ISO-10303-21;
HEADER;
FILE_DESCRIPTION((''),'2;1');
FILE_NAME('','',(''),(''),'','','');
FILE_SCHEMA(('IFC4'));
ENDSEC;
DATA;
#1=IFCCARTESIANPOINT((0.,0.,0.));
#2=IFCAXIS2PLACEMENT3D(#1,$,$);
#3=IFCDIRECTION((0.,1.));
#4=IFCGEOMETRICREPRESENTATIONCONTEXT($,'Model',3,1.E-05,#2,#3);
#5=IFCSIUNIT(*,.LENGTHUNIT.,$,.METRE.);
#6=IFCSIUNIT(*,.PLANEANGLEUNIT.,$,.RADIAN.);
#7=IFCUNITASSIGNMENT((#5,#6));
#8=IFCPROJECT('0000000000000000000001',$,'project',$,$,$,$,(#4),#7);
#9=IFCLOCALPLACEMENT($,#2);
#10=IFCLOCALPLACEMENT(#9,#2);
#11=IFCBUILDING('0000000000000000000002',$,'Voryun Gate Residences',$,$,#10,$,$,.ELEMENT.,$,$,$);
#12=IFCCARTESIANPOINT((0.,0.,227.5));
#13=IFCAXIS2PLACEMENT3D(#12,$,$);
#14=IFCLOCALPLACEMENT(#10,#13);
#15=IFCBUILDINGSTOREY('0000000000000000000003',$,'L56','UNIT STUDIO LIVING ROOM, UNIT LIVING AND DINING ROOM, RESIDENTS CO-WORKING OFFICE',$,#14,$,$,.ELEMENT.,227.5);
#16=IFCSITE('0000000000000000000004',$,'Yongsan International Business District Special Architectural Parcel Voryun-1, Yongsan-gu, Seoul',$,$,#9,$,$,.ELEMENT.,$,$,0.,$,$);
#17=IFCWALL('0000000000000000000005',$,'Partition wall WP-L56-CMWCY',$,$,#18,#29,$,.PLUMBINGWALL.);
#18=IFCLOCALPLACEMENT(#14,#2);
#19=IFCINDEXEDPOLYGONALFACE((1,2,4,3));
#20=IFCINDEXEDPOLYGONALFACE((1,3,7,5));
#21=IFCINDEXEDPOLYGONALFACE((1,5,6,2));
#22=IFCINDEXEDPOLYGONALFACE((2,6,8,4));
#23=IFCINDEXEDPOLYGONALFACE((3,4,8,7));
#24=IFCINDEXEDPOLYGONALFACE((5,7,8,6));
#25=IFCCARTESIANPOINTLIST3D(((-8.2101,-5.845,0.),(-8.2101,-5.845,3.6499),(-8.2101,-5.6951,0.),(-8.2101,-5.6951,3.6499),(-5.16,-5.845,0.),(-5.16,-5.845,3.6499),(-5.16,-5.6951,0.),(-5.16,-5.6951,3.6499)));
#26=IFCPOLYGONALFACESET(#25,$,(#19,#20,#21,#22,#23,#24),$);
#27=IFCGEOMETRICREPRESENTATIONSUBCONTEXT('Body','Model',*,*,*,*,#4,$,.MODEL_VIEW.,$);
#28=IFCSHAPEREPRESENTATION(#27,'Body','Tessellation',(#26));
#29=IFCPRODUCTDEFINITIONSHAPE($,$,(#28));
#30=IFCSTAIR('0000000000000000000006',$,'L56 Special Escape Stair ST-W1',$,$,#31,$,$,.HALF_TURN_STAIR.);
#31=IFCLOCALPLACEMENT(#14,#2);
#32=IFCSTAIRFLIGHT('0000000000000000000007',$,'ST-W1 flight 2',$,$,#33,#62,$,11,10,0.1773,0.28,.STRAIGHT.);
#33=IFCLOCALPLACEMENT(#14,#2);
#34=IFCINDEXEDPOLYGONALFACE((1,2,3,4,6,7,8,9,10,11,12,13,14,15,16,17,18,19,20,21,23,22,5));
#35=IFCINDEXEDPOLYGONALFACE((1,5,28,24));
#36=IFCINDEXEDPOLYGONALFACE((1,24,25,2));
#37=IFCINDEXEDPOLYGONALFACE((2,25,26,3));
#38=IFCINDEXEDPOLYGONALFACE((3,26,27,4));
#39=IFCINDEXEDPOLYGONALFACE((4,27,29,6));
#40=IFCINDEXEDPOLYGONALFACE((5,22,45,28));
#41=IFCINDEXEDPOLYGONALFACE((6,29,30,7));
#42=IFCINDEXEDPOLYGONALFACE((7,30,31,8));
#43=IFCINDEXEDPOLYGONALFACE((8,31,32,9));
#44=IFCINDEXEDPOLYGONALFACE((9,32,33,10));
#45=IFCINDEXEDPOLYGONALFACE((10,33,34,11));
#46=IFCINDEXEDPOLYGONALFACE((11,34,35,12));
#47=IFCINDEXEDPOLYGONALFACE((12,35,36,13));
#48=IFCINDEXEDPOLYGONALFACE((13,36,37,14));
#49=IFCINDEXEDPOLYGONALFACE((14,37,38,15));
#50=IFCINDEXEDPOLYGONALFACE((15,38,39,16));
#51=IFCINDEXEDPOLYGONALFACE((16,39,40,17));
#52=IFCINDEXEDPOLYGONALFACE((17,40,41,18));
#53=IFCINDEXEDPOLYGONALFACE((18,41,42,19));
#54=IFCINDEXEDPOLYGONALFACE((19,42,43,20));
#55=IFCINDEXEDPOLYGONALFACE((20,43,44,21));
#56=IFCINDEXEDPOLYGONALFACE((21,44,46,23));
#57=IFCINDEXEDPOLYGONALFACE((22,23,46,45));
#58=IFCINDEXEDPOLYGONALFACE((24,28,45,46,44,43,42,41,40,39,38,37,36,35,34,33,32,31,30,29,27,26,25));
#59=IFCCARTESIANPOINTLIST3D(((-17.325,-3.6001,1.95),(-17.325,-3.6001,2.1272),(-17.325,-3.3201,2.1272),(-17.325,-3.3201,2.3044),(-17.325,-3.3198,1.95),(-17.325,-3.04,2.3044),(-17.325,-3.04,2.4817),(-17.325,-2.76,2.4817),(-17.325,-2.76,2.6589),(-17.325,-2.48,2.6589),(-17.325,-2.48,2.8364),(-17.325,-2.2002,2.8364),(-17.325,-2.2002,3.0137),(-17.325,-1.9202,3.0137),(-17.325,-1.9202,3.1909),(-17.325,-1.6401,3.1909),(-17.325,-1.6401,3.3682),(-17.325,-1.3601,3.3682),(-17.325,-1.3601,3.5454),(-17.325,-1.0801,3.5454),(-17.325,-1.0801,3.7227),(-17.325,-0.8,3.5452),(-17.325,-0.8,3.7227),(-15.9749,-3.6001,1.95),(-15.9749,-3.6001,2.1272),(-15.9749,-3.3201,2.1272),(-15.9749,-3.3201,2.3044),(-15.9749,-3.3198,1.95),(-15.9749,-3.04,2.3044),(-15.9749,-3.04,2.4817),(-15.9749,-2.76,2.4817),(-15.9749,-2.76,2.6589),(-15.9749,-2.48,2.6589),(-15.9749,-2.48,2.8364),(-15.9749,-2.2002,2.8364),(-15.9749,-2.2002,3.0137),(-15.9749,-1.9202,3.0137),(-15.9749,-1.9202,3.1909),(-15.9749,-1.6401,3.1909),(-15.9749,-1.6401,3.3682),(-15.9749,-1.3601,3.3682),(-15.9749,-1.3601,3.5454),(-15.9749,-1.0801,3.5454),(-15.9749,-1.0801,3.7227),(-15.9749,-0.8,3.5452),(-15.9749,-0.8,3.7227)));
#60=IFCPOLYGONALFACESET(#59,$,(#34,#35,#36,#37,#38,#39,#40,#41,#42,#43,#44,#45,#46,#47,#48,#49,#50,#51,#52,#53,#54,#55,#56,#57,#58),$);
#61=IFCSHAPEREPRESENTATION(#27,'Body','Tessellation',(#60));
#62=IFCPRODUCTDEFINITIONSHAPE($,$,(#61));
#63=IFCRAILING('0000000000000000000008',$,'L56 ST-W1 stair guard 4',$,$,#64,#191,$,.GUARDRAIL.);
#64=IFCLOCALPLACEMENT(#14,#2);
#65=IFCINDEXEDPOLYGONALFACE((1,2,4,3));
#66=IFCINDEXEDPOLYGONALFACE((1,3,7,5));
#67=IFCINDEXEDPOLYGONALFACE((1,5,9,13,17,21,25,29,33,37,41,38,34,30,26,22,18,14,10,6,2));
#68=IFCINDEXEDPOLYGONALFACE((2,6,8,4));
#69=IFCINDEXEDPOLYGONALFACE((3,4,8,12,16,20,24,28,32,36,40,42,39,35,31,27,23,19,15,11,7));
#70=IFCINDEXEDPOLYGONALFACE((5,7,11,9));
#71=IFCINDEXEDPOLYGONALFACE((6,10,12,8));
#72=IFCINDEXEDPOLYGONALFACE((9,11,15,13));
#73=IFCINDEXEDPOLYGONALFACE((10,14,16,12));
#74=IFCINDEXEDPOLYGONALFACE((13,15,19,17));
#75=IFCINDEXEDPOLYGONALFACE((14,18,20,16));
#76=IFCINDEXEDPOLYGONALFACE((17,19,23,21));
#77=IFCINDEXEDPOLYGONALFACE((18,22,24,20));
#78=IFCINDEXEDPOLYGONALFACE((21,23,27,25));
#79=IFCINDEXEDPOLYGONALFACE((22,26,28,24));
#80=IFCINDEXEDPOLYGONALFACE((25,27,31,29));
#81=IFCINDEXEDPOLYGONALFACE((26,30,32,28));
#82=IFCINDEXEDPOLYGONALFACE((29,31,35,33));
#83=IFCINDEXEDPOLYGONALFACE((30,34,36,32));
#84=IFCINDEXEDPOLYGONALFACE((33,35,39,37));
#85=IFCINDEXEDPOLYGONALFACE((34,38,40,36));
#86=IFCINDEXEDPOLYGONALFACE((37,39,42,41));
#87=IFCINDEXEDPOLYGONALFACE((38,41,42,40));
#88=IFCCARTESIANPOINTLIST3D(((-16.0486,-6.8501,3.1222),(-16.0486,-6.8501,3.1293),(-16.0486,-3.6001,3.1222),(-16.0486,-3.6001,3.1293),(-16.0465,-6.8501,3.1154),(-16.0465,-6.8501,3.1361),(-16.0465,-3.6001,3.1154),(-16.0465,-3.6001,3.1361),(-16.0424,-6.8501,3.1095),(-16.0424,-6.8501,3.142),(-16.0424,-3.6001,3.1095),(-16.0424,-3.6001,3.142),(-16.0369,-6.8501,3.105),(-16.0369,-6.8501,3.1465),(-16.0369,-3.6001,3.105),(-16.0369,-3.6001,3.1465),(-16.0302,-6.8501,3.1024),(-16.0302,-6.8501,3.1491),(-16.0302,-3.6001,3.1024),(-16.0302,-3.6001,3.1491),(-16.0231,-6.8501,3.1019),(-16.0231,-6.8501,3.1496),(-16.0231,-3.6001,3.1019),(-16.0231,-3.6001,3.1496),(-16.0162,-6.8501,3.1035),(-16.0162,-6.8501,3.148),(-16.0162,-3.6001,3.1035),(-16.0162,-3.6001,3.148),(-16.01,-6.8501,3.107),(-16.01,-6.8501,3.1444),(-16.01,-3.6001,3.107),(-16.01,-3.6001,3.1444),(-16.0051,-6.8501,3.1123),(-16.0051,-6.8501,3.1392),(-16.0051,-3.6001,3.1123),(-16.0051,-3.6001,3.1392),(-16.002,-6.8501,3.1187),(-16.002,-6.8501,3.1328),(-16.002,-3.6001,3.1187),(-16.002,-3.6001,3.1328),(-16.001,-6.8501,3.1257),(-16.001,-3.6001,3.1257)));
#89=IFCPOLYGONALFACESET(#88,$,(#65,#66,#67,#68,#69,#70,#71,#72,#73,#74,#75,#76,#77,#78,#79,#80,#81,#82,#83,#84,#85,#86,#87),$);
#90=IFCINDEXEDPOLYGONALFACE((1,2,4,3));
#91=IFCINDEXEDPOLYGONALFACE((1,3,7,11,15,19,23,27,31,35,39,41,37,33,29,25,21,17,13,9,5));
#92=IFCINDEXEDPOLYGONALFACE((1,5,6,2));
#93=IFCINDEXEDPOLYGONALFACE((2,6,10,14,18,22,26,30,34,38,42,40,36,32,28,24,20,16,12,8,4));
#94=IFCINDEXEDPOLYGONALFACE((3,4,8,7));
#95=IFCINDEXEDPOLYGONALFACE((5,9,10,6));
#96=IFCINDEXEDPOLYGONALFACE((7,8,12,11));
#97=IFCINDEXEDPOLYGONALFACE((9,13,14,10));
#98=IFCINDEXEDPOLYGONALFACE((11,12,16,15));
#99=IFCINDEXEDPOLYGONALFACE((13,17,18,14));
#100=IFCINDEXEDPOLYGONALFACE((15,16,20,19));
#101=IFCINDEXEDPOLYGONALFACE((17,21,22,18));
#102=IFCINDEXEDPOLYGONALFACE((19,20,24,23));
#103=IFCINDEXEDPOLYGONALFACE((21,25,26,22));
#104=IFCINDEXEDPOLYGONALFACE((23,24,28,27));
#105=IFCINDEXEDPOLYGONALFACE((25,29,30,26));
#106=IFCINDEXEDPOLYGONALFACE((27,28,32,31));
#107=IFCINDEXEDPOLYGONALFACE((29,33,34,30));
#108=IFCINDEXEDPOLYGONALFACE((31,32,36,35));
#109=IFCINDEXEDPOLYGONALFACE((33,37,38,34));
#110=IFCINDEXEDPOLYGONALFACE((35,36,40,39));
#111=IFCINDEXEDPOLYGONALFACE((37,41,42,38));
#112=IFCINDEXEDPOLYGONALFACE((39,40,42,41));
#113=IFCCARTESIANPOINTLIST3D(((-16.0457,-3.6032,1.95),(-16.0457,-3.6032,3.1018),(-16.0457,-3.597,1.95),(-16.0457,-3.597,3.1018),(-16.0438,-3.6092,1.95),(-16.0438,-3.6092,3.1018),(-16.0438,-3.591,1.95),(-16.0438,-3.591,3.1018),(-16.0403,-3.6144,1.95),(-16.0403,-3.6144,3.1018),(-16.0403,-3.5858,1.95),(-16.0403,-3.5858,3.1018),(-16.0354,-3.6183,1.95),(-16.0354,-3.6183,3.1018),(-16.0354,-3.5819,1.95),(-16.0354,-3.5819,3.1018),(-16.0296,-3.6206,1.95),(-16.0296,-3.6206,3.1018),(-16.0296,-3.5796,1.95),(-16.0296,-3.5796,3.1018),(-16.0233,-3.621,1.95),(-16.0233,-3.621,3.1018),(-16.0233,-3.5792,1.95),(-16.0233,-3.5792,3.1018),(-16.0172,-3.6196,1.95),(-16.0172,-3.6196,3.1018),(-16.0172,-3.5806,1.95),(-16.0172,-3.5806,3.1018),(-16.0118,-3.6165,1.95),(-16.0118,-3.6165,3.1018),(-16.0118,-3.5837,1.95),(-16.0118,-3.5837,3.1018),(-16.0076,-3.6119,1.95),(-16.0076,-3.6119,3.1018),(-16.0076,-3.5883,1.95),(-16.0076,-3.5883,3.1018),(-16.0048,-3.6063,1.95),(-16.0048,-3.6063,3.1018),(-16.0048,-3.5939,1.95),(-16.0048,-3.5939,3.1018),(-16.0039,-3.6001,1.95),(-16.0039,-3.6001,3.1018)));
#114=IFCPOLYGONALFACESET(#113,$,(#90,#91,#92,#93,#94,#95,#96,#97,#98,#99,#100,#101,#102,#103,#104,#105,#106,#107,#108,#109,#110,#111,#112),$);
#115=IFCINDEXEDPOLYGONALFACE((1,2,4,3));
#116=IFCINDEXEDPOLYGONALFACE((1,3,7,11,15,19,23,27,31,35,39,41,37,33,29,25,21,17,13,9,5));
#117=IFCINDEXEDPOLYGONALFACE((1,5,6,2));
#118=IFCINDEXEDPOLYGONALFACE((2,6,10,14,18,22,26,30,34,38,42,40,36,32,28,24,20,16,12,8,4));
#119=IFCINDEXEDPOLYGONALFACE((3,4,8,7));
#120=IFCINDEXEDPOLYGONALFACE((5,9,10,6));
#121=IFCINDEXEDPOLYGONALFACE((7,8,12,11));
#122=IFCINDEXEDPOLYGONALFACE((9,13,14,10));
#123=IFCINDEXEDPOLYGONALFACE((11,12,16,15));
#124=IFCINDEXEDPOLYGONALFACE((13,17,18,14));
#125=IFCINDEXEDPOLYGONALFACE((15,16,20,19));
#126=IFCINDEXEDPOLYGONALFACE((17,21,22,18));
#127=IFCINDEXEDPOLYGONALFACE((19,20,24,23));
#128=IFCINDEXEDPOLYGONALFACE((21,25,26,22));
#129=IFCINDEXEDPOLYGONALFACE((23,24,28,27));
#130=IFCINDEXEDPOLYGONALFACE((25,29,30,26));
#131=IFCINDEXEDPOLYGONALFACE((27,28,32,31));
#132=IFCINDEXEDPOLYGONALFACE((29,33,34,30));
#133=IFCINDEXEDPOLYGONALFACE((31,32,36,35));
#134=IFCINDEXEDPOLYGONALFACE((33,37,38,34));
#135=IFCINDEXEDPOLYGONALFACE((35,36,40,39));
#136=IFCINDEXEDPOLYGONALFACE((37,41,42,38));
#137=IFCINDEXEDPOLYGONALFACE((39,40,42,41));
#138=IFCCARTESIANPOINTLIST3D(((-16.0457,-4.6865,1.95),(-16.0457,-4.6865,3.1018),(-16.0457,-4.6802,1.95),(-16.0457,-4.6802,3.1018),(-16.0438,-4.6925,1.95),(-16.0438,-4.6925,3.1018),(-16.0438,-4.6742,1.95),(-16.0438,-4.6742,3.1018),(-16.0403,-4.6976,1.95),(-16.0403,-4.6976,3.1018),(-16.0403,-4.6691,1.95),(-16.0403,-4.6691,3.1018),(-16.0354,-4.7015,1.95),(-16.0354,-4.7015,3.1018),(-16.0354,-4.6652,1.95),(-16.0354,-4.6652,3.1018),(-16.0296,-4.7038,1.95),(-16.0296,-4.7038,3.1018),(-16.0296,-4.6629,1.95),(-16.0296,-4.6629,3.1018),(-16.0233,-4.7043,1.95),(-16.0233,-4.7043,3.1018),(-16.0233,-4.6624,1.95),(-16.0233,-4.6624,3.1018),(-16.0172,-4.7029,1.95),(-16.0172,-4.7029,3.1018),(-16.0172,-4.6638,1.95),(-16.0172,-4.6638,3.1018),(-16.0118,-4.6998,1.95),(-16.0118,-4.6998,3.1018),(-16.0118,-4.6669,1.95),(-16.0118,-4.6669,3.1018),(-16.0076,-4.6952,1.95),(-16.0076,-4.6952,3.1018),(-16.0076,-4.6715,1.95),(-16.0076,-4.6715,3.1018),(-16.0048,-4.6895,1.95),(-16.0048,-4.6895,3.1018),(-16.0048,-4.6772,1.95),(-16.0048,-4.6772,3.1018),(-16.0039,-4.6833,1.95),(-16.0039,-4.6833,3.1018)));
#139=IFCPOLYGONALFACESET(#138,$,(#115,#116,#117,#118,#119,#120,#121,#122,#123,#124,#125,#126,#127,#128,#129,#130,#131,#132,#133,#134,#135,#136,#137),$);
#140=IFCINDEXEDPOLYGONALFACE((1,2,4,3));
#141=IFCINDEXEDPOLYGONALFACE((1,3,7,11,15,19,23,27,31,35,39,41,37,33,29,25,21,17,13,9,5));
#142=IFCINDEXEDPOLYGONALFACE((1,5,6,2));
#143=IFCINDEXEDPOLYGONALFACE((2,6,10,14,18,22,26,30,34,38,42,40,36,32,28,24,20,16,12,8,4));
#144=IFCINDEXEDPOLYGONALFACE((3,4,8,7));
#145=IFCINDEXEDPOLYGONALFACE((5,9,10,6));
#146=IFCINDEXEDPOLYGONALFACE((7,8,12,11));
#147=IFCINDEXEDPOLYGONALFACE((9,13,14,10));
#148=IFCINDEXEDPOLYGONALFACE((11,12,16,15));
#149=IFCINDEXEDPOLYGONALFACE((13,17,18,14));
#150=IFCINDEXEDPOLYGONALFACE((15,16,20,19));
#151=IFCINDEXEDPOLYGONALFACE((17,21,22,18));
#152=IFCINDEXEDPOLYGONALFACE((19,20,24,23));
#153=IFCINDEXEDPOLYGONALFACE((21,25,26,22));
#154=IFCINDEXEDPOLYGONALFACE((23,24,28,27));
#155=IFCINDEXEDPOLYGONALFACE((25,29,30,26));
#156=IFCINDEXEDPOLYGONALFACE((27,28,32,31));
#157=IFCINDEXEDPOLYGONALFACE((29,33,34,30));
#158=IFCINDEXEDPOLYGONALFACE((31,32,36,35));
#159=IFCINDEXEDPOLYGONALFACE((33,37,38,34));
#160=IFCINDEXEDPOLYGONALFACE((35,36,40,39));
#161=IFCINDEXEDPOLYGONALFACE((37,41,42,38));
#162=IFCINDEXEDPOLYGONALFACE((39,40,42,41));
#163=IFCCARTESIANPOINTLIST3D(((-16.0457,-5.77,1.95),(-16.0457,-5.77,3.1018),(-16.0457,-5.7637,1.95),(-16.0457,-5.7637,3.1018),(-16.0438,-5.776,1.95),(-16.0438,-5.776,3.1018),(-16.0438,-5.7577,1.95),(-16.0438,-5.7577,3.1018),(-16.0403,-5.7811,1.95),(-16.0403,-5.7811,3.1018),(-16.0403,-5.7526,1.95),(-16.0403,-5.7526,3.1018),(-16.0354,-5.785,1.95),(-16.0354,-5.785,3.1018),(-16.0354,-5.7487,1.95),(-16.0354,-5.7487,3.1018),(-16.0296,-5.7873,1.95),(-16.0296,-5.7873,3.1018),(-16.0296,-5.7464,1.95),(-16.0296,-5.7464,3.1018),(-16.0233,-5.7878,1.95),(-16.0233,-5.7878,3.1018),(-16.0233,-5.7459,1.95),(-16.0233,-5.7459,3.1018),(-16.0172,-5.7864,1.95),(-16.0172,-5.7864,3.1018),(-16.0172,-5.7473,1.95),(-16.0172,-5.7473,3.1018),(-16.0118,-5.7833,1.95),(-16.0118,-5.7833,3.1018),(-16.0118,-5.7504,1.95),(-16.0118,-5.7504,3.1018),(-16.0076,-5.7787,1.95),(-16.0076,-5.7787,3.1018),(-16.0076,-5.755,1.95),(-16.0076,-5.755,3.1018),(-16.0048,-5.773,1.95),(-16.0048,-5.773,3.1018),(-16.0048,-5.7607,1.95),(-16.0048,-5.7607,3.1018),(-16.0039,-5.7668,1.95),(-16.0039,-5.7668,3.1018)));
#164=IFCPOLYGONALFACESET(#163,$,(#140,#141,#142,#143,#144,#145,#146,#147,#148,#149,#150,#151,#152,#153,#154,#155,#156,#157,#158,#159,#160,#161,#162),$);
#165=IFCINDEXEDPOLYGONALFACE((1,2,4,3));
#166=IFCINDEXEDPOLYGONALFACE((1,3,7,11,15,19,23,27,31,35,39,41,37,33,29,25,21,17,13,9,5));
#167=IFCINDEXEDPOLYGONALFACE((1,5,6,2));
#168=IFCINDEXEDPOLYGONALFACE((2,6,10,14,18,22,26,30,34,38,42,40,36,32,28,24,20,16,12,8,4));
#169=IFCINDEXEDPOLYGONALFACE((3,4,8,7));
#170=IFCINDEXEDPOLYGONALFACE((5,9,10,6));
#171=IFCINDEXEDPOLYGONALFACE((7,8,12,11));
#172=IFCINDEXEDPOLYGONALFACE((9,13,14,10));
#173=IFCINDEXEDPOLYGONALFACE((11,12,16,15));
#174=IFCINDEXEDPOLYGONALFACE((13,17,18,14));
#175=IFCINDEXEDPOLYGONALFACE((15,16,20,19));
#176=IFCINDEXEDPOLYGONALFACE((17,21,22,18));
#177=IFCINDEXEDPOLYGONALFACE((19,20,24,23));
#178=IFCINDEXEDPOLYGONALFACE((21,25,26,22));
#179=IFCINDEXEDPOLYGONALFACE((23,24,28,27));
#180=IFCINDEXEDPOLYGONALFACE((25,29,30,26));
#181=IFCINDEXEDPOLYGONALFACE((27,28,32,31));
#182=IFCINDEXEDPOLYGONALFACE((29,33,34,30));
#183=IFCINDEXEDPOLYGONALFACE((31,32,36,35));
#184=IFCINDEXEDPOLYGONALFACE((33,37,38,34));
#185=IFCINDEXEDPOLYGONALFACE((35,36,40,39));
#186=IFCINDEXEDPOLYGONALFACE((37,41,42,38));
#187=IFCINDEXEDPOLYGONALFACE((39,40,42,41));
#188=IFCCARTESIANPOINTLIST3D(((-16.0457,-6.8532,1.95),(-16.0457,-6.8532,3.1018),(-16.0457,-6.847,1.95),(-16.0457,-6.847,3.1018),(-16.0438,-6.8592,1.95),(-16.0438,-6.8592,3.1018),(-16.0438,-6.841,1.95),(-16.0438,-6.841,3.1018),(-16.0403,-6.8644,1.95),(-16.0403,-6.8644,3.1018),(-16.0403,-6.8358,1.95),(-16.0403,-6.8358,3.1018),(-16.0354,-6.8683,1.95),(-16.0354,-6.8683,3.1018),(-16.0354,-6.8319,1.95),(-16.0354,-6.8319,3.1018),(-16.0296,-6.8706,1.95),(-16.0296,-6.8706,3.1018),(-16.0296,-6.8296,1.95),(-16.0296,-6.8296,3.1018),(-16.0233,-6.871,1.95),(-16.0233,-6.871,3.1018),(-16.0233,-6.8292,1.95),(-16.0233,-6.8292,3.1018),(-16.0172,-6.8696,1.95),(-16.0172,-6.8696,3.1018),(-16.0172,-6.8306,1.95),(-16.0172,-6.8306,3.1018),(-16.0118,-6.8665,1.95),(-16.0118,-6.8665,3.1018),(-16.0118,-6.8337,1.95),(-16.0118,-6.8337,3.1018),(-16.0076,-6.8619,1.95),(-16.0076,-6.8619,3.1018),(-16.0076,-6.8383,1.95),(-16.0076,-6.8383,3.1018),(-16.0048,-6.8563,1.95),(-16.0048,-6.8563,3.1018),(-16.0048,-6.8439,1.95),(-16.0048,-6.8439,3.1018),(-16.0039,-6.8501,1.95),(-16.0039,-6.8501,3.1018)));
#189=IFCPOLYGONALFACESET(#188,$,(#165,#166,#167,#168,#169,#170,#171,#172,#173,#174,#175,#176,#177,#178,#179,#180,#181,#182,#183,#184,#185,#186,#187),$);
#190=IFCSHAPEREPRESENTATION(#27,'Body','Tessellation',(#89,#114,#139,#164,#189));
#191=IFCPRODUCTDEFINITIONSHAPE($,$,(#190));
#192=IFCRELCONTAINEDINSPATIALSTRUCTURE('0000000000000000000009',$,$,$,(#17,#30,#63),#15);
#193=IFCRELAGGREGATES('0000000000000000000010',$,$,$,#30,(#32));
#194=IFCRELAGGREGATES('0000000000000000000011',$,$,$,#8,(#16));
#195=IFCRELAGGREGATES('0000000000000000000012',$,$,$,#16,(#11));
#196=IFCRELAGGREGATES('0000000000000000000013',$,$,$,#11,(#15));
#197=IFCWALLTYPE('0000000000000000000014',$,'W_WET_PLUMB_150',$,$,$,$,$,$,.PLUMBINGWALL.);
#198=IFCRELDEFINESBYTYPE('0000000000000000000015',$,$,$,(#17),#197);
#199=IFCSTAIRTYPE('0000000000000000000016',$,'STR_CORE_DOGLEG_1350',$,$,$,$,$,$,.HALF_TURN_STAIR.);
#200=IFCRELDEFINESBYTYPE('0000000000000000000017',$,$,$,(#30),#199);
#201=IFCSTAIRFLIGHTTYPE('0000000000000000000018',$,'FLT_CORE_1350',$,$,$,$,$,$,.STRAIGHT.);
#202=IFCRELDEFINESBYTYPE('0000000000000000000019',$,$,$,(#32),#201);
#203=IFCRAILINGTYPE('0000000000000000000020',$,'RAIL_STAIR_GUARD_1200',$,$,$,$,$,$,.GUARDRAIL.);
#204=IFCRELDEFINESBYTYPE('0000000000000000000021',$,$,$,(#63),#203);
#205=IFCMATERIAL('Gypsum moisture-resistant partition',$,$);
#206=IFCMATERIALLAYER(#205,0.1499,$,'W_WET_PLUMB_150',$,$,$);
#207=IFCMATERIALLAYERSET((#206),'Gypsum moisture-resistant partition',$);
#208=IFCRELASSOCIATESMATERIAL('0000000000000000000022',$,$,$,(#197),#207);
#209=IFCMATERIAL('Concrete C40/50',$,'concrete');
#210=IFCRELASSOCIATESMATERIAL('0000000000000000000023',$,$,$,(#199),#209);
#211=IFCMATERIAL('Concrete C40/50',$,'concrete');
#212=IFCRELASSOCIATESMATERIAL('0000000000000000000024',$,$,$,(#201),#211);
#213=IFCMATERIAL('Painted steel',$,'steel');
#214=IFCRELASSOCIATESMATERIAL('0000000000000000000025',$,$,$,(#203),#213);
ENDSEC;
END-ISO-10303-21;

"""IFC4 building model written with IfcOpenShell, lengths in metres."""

from ifc_helpers import new_model, si_unit, direction, frame, frame_2d, origin, origin_2d, place, context, subcontext, project, spatial, polyline, rectangle, circle, outline, extrude, material, layer, layer_set, type_object, element, aggregate, save


model = new_model("IFC4")

# Units and contexts
model_context = context("Model", 3, precision=1e-05, world=origin(), true_north=direction((0.0, 1.0)))
body_context = subcontext(model_context, "Body", "Model", "MODEL_VIEW")
ifc_project = project(units=[si_unit("LENGTHUNIT", "METRE"), si_unit("PLANEANGLEUNIT", "RADIAN")], contexts=[model_context])

# Site, building, storey
site_placement = place(None, origin())
site = spatial("IfcSite", under=ifc_project, at=site_placement, Name="Yongsan International Business District Special Architectural Parcel Voryun-1, Yongsan-gu, Seoul", CompositionType="ELEMENT", RefElevation=0.0)
building_placement = place(site_placement, origin())
building = spatial("IfcBuilding", under=site, at=building_placement, Name="Voryun Gate Residences", CompositionType="ELEMENT")
storey_placement = place(building_placement, frame((0.0, 0.0, 227.5)))
storey = spatial("IfcBuildingStorey", under=building, at=storey_placement, Name="L56", Description="UNIT STUDIO LIVING ROOM, UNIT LIVING AND DINING ROOM, RESIDENTS CO-WORKING OFFICE", CompositionType="ELEMENT", Elevation=227.5)

# Wall
ifc_material_1 = material(Name="Gypsum moisture-resistant partition")
ifc_layer_1 = layer(ifc_material_1, 0.1499, Name="W_WET_PLUMB_150")
ifc_layer_set_1 = layer_set([ifc_layer_1], Name="Gypsum moisture-resistant partition")
wall_type_1 = type_object("IfcWallType", Name="W_WET_PLUMB_150", PredefinedType="PLUMBINGWALL", material=ifc_layer_set_1)
wall_1_placement = place(storey_placement, frame((-8.21, -5.77, 0.0), z_axis=(0.0, 0.0, 1.0), x_axis=(1.0, 0.0, 0.0)))
element("IfcWall", 1, at=wall_1_placement, inside=storey, type_object=wall_type_1, Name="Partition wall WP-L56-CMWCY", PredefinedType="PLUMBINGWALL", context=body_context, shape_type="SweptSolid", body=[
    extrude(rectangle(XDim=3.05, YDim=0.1499, at=frame_2d((1.5249, 0.0))), origin(), (0.0, 0.0, 1.0), 3.6499),
])

# Stair, stair flight
ifc_material_2 = material(Name="Concrete C40/50", Category="concrete")
stair_type = type_object("IfcStairType", Name="STR_CORE_DOGLEG_1350", PredefinedType="HALF_TURN_STAIR", material=ifc_material_2)
stair_placement = place(storey_placement, origin())
stair = element("IfcStair", 2, at=stair_placement, inside=storey, type_object=stair_type, Name="L56 Special Escape Stair ST-W1", PredefinedType="HALF_TURN_STAIR")
ifc_material_3 = material(Name="Concrete C40/50", Category="concrete")
stair_flight_type = type_object("IfcStairFlightType", Name="FLT_CORE_1350", PredefinedType="STRAIGHT", material=ifc_material_3)
stair_flight_placement = place(storey_placement, frame((-16.6499, -3.6001, 1.95), z_axis=(0.0, 0.0, 1.0), x_axis=(0.0, 1.0, 0.0)))
stair_flight = element("IfcStairFlight", 3, at=stair_flight_placement, type_object=stair_flight_type, Name="ST-W1 flight 2", NumberOfRisers=11, NumberOfTreads=10, PredefinedType="STRAIGHT", RiserHeight=0.1773, TreadLength=0.28, context=body_context, shape_type="SweptSolid", body=[
    extrude(outline(polyline([(0.0, 0.0), (0.0, 0.1772), (0.28, 0.1772), (0.28, 0.3545), (0.5601, 0.3545), (0.5601, 0.5317), (0.8401, 0.5317), (0.8401, 0.709), (1.1201, 0.709), (1.1201, 0.8865), (1.3999, 0.8865), (1.3999, 1.0637), (1.6799, 1.0637), (1.6799, 1.241), (1.96, 1.241), (1.96, 1.4182), (2.24, 1.4182), (2.24, 1.5955), (2.52, 1.5955), (2.52, 1.7727), (2.8, 1.7727), (2.8, 1.95), (2.8, 1.5952), (0.2803, 0.0), (0.0, 0.0)])), frame((0.0, 0.675, 0.0), z_axis=(0.0, -1.0, 0.0), x_axis=(1.0, 0.0, 0.0)), (0.0, 0.0, 1.0), 1.3501),
])
aggregate(stair, [stair_flight])

# Railing
ifc_material_4 = material(Name="Painted steel", Category="steel")
railing_type_1 = type_object("IfcRailingType", Name="RAIL_STAIR_GUARD_1200", PredefinedType="GUARDRAIL", material=ifc_material_4)
railing_1_placement = place(storey_placement, frame((-16.0249, -3.6001, 1.95)))
element("IfcRailing", 4, at=railing_1_placement, inside=storey, type_object=railing_type_1, Name="L56 ST-W1 stair guard 4", PredefinedType="GUARDRAIL", context=body_context, shape_type="SweptSolid", body=[
    extrude(circle(Radius=0.0239, at=origin_2d()), frame((0.0, 0.0, 1.1758), z_axis=(0.0, -1.0, 0.0), x_axis=(1.0, 0.0, 0.0)), (0.0, 0.0, 1.0), 3.25),
    extrude(circle(Radius=0.021, at=origin_2d()), origin(), (0.0, 0.0, 1.0), 1.1519),
    extrude(circle(Radius=0.021, at=origin_2d()), frame((0.0, -1.0833, 0.0)), (0.0, 0.0, 1.0), 1.1519),
    extrude(circle(Radius=0.021, at=origin_2d()), frame((0.0, -2.1667, 0.0)), (0.0, 0.0, 1.0), 1.1519),
    extrude(circle(Radius=0.021, at=origin_2d()), frame((0.0, -3.25, 0.0)), (0.0, 0.0, 1.0), 1.1519),
])

save(model, "model.ifc")
